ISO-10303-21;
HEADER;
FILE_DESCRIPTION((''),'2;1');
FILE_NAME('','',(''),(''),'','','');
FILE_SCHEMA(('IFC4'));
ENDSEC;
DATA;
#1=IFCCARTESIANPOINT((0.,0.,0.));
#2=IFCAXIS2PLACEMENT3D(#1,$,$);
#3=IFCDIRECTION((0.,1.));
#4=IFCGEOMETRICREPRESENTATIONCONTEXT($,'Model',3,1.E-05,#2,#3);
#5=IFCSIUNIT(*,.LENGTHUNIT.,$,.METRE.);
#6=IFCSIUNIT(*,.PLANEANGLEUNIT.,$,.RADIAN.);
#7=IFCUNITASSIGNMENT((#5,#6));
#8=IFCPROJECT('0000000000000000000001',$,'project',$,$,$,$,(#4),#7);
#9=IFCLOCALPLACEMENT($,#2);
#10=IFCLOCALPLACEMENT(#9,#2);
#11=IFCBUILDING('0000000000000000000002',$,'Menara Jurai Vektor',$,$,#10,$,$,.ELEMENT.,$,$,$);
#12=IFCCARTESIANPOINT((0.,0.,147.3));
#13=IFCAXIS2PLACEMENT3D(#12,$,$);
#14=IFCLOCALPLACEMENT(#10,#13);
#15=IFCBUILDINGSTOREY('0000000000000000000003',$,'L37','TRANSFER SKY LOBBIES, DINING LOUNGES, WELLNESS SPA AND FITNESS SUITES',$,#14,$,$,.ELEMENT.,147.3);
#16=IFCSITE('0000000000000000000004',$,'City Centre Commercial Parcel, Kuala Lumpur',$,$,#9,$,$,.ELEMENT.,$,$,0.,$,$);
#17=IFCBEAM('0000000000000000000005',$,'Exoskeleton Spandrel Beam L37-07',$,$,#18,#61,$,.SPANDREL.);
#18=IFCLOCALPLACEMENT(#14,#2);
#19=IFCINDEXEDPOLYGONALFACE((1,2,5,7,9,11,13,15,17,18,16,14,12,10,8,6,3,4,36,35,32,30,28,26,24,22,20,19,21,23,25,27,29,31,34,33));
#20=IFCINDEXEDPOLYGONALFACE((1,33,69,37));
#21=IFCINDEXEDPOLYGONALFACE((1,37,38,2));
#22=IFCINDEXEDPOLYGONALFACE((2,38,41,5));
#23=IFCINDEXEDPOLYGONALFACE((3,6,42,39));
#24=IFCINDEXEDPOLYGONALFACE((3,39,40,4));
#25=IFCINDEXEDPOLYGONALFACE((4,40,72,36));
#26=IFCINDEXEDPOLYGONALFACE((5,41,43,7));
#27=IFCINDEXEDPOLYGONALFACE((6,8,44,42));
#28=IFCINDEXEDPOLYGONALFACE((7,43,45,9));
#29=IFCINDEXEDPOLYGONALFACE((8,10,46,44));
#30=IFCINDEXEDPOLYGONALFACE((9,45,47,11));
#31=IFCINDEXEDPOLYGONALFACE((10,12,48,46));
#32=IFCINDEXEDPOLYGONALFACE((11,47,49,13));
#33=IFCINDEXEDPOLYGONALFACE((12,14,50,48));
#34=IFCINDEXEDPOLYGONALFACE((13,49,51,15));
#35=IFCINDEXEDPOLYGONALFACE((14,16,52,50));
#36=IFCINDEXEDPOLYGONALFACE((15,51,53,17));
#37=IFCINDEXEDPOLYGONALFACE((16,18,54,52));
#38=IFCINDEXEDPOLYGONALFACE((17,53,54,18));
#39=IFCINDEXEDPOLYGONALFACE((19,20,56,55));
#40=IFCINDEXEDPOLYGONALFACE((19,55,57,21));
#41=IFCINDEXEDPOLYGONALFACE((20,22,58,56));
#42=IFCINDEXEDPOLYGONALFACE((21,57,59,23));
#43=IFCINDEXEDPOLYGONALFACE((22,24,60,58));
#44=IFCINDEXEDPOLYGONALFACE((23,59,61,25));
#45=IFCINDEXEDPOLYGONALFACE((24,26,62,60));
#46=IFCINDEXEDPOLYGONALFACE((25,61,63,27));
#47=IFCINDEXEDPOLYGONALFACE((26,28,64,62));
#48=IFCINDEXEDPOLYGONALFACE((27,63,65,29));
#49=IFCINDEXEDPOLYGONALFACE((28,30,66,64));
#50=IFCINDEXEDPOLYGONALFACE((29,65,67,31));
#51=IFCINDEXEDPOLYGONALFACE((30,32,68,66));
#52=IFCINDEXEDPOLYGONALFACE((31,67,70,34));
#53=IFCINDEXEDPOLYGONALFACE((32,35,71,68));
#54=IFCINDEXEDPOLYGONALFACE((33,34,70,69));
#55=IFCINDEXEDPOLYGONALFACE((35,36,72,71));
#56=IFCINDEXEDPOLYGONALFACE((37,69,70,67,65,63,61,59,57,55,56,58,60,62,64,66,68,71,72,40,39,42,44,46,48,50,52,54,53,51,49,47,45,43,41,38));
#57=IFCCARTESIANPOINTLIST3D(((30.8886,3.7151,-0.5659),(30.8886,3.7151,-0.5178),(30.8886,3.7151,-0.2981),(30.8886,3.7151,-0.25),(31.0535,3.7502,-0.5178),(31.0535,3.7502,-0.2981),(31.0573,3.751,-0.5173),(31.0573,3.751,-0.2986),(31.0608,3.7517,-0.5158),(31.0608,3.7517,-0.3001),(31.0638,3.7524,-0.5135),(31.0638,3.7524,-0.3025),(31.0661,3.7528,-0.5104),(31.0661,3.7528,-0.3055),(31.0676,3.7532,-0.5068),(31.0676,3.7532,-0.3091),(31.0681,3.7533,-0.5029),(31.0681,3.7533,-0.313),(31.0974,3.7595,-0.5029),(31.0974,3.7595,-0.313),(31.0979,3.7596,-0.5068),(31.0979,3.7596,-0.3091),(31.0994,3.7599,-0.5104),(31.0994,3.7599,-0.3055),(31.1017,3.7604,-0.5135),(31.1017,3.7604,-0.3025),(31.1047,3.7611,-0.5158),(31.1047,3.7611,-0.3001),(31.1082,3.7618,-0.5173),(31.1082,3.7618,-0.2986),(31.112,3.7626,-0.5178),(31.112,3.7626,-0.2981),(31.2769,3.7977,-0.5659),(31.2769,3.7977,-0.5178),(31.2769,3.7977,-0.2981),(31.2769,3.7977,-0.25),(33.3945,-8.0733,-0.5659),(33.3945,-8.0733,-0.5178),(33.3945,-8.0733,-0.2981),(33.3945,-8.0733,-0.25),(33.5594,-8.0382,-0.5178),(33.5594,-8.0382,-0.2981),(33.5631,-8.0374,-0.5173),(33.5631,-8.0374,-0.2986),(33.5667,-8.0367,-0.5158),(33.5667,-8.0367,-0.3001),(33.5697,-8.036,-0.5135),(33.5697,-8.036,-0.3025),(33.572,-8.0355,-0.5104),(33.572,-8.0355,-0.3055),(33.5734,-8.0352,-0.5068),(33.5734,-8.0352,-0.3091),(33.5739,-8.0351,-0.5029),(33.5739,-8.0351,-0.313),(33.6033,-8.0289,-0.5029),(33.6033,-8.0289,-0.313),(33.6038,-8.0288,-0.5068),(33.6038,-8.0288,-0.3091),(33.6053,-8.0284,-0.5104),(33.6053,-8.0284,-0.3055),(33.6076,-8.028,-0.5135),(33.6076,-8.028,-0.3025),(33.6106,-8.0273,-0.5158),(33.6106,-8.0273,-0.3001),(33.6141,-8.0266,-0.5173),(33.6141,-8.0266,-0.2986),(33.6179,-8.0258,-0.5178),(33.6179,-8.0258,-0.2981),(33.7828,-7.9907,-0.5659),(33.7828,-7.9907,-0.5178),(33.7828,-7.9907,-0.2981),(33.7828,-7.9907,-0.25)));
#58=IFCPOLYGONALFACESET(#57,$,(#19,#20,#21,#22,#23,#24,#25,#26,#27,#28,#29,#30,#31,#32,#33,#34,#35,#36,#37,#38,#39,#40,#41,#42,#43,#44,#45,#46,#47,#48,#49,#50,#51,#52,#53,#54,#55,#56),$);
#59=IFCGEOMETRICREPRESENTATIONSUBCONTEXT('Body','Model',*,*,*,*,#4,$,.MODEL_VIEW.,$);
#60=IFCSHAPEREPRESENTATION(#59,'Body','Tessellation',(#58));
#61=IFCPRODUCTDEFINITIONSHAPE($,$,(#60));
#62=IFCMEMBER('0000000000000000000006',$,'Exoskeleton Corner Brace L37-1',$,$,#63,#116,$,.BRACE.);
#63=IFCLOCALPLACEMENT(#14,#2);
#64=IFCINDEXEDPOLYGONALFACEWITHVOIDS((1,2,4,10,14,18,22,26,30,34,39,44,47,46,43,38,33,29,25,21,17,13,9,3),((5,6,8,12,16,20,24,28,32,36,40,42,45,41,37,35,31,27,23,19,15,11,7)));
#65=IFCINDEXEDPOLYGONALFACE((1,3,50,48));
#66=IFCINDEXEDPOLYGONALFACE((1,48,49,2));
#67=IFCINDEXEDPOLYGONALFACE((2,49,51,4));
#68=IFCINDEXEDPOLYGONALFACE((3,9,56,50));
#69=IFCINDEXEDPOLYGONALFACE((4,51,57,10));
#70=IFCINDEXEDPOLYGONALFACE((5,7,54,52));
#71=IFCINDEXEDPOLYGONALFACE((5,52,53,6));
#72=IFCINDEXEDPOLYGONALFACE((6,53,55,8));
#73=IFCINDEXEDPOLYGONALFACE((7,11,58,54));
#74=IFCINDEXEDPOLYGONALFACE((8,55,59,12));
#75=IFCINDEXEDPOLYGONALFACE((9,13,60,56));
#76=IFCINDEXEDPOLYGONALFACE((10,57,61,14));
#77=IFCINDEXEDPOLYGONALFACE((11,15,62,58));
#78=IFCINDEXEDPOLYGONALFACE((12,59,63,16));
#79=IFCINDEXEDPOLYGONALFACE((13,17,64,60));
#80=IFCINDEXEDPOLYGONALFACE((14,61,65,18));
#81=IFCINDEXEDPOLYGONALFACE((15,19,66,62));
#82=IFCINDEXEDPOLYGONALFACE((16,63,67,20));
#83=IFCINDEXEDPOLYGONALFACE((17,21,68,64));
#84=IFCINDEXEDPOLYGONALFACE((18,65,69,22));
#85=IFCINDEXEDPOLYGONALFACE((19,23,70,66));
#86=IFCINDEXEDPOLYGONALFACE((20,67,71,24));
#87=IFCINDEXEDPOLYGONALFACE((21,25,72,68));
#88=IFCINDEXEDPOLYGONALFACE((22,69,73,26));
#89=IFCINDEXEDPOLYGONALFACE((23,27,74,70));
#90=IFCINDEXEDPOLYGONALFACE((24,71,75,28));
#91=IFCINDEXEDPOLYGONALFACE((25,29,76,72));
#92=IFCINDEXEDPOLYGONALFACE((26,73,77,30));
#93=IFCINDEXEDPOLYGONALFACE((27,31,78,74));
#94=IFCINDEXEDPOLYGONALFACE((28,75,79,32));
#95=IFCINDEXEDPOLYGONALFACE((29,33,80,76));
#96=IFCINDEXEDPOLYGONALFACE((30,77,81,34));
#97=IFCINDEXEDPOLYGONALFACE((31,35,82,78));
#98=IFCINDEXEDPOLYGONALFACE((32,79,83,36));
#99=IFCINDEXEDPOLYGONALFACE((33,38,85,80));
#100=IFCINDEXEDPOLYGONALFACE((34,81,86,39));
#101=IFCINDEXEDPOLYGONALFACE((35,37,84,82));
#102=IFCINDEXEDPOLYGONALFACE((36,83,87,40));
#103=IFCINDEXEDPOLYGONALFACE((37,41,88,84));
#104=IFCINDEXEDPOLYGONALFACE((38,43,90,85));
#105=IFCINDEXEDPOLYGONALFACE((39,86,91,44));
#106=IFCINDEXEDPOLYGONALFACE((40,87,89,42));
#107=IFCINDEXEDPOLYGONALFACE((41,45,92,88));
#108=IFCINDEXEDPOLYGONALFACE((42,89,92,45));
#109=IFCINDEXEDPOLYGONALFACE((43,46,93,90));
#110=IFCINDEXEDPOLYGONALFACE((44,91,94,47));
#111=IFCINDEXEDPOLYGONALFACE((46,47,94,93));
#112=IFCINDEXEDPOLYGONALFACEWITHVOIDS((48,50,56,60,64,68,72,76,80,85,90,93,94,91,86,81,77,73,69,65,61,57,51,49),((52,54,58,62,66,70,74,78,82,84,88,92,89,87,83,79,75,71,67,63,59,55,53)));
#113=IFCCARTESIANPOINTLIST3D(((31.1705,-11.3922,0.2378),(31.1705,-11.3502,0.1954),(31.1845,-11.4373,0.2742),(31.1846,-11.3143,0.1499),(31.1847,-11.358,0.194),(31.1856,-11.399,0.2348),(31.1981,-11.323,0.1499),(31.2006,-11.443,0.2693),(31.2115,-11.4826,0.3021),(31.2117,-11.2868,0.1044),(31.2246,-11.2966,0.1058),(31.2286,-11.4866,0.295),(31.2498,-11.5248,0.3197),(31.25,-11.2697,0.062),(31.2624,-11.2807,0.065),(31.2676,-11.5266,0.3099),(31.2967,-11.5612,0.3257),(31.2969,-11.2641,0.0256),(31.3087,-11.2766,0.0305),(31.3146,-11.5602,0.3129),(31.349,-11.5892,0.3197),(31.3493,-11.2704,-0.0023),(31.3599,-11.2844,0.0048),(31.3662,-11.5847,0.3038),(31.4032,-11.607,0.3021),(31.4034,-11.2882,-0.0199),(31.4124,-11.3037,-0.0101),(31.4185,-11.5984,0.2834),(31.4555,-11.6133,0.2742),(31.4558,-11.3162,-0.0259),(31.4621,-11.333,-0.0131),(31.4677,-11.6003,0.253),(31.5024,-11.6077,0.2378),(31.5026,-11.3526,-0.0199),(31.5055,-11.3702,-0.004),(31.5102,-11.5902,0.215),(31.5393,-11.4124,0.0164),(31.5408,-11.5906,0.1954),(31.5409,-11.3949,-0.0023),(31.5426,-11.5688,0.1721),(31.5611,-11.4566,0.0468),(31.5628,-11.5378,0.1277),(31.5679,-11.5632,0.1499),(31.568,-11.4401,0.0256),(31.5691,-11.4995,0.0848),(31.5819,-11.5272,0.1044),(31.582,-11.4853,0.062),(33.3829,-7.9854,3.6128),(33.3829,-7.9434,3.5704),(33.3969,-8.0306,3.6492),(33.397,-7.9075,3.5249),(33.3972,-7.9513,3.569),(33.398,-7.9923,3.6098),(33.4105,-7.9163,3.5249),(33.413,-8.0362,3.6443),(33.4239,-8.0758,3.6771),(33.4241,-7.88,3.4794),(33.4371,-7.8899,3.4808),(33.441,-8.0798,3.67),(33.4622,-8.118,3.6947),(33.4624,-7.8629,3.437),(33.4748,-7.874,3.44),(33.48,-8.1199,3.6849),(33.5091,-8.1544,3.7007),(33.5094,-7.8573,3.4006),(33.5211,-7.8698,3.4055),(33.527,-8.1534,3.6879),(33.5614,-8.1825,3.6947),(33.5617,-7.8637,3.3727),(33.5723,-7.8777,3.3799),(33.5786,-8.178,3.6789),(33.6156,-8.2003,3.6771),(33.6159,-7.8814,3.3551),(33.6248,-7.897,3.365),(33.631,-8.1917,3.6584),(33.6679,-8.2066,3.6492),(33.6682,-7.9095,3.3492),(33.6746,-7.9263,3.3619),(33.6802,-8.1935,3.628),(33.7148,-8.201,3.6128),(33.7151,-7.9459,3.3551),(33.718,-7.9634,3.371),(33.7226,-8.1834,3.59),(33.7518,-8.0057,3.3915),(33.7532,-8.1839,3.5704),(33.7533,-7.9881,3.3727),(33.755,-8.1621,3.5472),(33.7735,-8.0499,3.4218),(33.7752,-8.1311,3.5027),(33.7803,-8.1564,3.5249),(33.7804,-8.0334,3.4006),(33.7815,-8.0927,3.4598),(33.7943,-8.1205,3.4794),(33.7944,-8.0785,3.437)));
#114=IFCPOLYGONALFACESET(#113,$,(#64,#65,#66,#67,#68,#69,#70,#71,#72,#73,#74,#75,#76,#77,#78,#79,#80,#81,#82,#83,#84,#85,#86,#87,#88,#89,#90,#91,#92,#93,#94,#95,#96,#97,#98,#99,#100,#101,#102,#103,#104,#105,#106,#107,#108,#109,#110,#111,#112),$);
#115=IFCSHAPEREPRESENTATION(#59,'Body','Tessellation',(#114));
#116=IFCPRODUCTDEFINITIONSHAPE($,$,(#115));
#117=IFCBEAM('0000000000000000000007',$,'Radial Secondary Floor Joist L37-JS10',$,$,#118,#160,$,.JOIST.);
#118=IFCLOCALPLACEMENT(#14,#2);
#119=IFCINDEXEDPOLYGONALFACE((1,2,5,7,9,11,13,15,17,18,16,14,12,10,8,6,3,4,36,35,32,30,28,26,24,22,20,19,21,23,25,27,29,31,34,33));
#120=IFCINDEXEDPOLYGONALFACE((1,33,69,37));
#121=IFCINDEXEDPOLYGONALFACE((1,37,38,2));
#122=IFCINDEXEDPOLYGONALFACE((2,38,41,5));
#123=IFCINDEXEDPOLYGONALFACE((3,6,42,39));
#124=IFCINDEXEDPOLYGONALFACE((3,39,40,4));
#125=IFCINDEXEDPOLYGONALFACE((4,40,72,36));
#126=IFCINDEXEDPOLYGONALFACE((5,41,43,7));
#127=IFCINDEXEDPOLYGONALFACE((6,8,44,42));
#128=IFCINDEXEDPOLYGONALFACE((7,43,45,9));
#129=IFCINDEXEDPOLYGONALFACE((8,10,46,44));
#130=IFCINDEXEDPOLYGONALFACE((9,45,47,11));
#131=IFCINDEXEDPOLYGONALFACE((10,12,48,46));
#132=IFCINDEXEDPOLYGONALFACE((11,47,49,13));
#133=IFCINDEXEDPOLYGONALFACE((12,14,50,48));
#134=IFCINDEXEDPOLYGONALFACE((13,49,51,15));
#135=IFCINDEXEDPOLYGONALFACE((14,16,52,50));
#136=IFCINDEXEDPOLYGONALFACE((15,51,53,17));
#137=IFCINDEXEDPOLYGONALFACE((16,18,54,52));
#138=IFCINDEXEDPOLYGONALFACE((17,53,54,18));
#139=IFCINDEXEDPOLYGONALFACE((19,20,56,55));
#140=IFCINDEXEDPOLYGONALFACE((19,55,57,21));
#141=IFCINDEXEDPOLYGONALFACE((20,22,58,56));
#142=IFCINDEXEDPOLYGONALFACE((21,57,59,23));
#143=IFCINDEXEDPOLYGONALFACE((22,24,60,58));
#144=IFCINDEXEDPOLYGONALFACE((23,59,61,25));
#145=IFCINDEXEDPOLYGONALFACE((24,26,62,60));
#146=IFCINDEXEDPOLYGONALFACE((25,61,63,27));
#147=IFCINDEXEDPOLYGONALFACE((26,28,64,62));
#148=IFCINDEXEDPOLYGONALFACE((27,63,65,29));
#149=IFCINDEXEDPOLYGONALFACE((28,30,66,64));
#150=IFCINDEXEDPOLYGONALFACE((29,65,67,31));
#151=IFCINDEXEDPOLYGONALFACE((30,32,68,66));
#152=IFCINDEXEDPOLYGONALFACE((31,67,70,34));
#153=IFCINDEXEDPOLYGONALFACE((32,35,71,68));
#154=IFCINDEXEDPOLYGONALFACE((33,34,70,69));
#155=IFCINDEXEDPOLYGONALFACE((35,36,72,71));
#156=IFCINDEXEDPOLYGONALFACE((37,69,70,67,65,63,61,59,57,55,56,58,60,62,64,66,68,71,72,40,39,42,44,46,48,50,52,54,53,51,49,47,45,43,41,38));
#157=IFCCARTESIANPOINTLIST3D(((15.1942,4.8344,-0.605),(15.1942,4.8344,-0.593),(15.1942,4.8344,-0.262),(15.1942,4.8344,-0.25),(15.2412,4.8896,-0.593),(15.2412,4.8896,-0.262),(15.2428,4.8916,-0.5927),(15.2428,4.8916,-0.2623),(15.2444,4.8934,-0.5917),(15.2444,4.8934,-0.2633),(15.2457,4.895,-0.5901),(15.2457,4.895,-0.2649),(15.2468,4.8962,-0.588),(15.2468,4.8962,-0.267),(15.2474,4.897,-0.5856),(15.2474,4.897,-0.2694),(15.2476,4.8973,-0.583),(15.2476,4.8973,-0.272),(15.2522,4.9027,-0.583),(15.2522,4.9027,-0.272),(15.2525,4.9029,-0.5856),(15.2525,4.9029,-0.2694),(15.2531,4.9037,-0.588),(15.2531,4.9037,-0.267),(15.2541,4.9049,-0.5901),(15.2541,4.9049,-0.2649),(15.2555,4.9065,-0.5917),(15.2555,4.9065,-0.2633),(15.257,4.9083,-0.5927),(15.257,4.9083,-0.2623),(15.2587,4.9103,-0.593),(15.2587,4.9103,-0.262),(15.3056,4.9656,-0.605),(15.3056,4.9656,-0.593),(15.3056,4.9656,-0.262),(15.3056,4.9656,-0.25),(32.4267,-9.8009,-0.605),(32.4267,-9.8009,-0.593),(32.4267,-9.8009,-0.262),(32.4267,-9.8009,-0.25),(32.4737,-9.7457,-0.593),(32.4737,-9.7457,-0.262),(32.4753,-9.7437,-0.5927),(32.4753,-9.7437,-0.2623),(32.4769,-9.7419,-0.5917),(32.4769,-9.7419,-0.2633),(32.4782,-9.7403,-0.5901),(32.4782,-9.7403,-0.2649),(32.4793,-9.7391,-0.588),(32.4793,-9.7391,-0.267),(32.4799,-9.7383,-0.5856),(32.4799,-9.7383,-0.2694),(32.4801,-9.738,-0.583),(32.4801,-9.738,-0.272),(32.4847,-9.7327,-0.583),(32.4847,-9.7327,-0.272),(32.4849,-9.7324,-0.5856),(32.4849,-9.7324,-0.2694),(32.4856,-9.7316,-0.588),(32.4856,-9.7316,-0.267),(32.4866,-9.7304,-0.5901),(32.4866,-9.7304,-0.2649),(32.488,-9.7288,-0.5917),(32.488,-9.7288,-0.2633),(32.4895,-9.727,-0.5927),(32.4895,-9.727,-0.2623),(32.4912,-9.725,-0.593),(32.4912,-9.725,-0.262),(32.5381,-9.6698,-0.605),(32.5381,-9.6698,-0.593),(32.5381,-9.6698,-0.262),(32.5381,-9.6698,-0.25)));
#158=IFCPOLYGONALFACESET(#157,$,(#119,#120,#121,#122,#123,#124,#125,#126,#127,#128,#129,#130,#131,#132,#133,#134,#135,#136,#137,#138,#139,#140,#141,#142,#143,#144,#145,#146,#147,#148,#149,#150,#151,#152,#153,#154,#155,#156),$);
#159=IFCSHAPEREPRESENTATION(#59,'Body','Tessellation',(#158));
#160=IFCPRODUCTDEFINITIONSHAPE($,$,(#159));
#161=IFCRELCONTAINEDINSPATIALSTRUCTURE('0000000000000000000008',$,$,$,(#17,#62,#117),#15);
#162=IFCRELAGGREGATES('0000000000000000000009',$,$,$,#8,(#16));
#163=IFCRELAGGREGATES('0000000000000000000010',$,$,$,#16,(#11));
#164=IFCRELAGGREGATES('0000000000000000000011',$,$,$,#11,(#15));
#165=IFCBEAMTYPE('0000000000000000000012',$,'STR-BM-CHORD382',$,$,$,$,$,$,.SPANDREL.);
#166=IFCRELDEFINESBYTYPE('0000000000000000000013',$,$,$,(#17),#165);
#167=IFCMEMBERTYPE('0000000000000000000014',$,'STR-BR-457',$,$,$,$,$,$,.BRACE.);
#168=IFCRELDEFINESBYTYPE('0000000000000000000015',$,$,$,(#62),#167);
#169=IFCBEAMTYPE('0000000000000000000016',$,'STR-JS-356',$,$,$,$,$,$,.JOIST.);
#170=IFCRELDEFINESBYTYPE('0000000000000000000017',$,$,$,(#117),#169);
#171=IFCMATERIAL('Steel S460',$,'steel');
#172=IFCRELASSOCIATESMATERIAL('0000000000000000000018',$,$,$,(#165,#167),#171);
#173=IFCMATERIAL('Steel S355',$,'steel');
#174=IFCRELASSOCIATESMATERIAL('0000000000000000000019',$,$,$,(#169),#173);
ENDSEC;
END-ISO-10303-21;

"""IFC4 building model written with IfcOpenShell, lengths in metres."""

from ifc_helpers import new_model, si_unit, direction, frame, origin, origin_2d, place, context, subcontext, project, spatial, hollow_circle, i_section, extrude, material, material_profile, profile_set, type_object, element, save


model = new_model("IFC4")

# Units and contexts
model_context = context("Model", 3, precision=1e-05, world=origin(), true_north=direction((0.0, 1.0)))
body_context = subcontext(model_context, "Body", "Model", "MODEL_VIEW")
ifc_project = project(units=[si_unit("LENGTHUNIT", "METRE"), si_unit("PLANEANGLEUNIT", "RADIAN")], contexts=[model_context])

# Site, building, storey
site_placement = place(None, origin())
site = spatial("IfcSite", under=ifc_project, at=site_placement, Name="City Centre Commercial Parcel, Kuala Lumpur", CompositionType="ELEMENT", RefElevation=0.0)
building_placement = place(site_placement, origin())
building = spatial("IfcBuilding", under=site, at=building_placement, Name="Menara Jurai Vektor", CompositionType="ELEMENT")
storey_placement = place(building_placement, frame((0.0, 0.0, 147.3)))
storey = spatial("IfcBuildingStorey", under=building, at=storey_placement, Name="L37", Description="TRANSFER SKY LOBBIES, DINING LOUNGES, WELLNESS SPA AND FITNESS SUITES", CompositionType="ELEMENT", Elevation=147.3)

# Shared definitions
ifc_material_1 = material(Name="Steel S460", Category="steel")

# Beam
ifc_material_2 = material(Name="Steel S355", Category="steel")
ifc_material_profile_1 = material_profile(ifc_material_1, i_section(OverallWidth=0.397, OverallDepth=0.3159, WebThickness=0.03, FlangeThickness=0.0481, FilletRadius=0.0149, at=origin_2d()), Name="HD 400x382")
ifc_profile_set_1 = profile_set([ifc_material_profile_1], Name="Steel S460")
beam_type_1 = type_object("IfcBeamType", Name="STR-BM-CHORD382", PredefinedType="SPANDREL", material=ifc_profile_set_1)
beam_1_placement = place(storey_placement, frame((33.5886, -8.032, -0.408), z_axis=(-0.207925, 0.978145, 0.0), x_axis=(-0.978145, -0.207925, 0.0)))
element("IfcBeam", 1, at=beam_1_placement, inside=storey, type_object=beam_type_1, Name="Exoskeleton Spandrel Beam L37-07", PredefinedType="SPANDREL", context=body_context, shape_type="SweptSolid", body=[
    extrude(i_section(OverallWidth=0.397, OverallDepth=0.3159, WebThickness=0.03, FlangeThickness=0.0481, FilletRadius=0.0149, at=origin_2d()), origin(), (0.0, 0.0, 1.0), 12.0518),
])

# Member
ifc_material_profile_2 = material_profile(ifc_material_1, hollow_circle(Radius=0.2285, WallThickness=0.0161, at=origin_2d()), Name="CHS 457x16")
ifc_profile_set_2 = profile_set([ifc_material_profile_2], Name="Steel S460")
member_type_1 = type_object("IfcMemberType", Name="STR-BR-457", PredefinedType="BRACE", material=ifc_profile_set_2)
member_1_placement = place(storey_placement, frame((31.3762, -11.4387, 0.1499), z_axis=(0.418919, 0.645067, 0.639058), x_axis=(-0.838666, 0.544646, 0.0)))
element("IfcMember", 2, at=member_1_placement, inside=storey, type_object=member_type_1, Name="Exoskeleton Corner Brace L37-1", PredefinedType="BRACE", context=body_context, shape_type="SweptSolid", body=[
    extrude(hollow_circle(Radius=0.2285, WallThickness=0.0161, at=origin_2d()), origin(), (0.0, 0.0, 1.0), 5.2812),
])

# Beam
ifc_material_profile_3 = material_profile(ifc_material_2, i_section(OverallWidth=0.1721, OverallDepth=0.355, WebThickness=0.0071, FlangeThickness=0.012, FilletRadius=0.01, at=origin_2d()), Name="UKB 356x171x51")
ifc_profile_set_3 = profile_set([ifc_material_profile_3], Name="Steel S355")
beam_type_2 = type_object("IfcBeamType", Name="STR-JS-356", PredefinedType="JOIST", material=ifc_profile_set_3)
beam_2_placement = place(storey_placement, frame((32.4824, -9.7354, -0.4275), z_axis=(-0.762208, 0.647332, 0.0), x_axis=(-0.647332, -0.762208, 0.0)))
element("IfcBeam", 3, at=beam_2_placement, inside=storey, type_object=beam_type_2, Name="Radial Secondary Floor Joist L37-JS10", PredefinedType="JOIST", context=body_context, shape_type="SweptSolid", body=[
    extrude(i_section(OverallWidth=0.1721, OverallDepth=0.355, WebThickness=0.0071, FlangeThickness=0.012, FilletRadius=0.01, at=origin_2d()), origin(), (0.0, 0.0, 1.0), 22.6086),
])

save(model, "model.ifc")
